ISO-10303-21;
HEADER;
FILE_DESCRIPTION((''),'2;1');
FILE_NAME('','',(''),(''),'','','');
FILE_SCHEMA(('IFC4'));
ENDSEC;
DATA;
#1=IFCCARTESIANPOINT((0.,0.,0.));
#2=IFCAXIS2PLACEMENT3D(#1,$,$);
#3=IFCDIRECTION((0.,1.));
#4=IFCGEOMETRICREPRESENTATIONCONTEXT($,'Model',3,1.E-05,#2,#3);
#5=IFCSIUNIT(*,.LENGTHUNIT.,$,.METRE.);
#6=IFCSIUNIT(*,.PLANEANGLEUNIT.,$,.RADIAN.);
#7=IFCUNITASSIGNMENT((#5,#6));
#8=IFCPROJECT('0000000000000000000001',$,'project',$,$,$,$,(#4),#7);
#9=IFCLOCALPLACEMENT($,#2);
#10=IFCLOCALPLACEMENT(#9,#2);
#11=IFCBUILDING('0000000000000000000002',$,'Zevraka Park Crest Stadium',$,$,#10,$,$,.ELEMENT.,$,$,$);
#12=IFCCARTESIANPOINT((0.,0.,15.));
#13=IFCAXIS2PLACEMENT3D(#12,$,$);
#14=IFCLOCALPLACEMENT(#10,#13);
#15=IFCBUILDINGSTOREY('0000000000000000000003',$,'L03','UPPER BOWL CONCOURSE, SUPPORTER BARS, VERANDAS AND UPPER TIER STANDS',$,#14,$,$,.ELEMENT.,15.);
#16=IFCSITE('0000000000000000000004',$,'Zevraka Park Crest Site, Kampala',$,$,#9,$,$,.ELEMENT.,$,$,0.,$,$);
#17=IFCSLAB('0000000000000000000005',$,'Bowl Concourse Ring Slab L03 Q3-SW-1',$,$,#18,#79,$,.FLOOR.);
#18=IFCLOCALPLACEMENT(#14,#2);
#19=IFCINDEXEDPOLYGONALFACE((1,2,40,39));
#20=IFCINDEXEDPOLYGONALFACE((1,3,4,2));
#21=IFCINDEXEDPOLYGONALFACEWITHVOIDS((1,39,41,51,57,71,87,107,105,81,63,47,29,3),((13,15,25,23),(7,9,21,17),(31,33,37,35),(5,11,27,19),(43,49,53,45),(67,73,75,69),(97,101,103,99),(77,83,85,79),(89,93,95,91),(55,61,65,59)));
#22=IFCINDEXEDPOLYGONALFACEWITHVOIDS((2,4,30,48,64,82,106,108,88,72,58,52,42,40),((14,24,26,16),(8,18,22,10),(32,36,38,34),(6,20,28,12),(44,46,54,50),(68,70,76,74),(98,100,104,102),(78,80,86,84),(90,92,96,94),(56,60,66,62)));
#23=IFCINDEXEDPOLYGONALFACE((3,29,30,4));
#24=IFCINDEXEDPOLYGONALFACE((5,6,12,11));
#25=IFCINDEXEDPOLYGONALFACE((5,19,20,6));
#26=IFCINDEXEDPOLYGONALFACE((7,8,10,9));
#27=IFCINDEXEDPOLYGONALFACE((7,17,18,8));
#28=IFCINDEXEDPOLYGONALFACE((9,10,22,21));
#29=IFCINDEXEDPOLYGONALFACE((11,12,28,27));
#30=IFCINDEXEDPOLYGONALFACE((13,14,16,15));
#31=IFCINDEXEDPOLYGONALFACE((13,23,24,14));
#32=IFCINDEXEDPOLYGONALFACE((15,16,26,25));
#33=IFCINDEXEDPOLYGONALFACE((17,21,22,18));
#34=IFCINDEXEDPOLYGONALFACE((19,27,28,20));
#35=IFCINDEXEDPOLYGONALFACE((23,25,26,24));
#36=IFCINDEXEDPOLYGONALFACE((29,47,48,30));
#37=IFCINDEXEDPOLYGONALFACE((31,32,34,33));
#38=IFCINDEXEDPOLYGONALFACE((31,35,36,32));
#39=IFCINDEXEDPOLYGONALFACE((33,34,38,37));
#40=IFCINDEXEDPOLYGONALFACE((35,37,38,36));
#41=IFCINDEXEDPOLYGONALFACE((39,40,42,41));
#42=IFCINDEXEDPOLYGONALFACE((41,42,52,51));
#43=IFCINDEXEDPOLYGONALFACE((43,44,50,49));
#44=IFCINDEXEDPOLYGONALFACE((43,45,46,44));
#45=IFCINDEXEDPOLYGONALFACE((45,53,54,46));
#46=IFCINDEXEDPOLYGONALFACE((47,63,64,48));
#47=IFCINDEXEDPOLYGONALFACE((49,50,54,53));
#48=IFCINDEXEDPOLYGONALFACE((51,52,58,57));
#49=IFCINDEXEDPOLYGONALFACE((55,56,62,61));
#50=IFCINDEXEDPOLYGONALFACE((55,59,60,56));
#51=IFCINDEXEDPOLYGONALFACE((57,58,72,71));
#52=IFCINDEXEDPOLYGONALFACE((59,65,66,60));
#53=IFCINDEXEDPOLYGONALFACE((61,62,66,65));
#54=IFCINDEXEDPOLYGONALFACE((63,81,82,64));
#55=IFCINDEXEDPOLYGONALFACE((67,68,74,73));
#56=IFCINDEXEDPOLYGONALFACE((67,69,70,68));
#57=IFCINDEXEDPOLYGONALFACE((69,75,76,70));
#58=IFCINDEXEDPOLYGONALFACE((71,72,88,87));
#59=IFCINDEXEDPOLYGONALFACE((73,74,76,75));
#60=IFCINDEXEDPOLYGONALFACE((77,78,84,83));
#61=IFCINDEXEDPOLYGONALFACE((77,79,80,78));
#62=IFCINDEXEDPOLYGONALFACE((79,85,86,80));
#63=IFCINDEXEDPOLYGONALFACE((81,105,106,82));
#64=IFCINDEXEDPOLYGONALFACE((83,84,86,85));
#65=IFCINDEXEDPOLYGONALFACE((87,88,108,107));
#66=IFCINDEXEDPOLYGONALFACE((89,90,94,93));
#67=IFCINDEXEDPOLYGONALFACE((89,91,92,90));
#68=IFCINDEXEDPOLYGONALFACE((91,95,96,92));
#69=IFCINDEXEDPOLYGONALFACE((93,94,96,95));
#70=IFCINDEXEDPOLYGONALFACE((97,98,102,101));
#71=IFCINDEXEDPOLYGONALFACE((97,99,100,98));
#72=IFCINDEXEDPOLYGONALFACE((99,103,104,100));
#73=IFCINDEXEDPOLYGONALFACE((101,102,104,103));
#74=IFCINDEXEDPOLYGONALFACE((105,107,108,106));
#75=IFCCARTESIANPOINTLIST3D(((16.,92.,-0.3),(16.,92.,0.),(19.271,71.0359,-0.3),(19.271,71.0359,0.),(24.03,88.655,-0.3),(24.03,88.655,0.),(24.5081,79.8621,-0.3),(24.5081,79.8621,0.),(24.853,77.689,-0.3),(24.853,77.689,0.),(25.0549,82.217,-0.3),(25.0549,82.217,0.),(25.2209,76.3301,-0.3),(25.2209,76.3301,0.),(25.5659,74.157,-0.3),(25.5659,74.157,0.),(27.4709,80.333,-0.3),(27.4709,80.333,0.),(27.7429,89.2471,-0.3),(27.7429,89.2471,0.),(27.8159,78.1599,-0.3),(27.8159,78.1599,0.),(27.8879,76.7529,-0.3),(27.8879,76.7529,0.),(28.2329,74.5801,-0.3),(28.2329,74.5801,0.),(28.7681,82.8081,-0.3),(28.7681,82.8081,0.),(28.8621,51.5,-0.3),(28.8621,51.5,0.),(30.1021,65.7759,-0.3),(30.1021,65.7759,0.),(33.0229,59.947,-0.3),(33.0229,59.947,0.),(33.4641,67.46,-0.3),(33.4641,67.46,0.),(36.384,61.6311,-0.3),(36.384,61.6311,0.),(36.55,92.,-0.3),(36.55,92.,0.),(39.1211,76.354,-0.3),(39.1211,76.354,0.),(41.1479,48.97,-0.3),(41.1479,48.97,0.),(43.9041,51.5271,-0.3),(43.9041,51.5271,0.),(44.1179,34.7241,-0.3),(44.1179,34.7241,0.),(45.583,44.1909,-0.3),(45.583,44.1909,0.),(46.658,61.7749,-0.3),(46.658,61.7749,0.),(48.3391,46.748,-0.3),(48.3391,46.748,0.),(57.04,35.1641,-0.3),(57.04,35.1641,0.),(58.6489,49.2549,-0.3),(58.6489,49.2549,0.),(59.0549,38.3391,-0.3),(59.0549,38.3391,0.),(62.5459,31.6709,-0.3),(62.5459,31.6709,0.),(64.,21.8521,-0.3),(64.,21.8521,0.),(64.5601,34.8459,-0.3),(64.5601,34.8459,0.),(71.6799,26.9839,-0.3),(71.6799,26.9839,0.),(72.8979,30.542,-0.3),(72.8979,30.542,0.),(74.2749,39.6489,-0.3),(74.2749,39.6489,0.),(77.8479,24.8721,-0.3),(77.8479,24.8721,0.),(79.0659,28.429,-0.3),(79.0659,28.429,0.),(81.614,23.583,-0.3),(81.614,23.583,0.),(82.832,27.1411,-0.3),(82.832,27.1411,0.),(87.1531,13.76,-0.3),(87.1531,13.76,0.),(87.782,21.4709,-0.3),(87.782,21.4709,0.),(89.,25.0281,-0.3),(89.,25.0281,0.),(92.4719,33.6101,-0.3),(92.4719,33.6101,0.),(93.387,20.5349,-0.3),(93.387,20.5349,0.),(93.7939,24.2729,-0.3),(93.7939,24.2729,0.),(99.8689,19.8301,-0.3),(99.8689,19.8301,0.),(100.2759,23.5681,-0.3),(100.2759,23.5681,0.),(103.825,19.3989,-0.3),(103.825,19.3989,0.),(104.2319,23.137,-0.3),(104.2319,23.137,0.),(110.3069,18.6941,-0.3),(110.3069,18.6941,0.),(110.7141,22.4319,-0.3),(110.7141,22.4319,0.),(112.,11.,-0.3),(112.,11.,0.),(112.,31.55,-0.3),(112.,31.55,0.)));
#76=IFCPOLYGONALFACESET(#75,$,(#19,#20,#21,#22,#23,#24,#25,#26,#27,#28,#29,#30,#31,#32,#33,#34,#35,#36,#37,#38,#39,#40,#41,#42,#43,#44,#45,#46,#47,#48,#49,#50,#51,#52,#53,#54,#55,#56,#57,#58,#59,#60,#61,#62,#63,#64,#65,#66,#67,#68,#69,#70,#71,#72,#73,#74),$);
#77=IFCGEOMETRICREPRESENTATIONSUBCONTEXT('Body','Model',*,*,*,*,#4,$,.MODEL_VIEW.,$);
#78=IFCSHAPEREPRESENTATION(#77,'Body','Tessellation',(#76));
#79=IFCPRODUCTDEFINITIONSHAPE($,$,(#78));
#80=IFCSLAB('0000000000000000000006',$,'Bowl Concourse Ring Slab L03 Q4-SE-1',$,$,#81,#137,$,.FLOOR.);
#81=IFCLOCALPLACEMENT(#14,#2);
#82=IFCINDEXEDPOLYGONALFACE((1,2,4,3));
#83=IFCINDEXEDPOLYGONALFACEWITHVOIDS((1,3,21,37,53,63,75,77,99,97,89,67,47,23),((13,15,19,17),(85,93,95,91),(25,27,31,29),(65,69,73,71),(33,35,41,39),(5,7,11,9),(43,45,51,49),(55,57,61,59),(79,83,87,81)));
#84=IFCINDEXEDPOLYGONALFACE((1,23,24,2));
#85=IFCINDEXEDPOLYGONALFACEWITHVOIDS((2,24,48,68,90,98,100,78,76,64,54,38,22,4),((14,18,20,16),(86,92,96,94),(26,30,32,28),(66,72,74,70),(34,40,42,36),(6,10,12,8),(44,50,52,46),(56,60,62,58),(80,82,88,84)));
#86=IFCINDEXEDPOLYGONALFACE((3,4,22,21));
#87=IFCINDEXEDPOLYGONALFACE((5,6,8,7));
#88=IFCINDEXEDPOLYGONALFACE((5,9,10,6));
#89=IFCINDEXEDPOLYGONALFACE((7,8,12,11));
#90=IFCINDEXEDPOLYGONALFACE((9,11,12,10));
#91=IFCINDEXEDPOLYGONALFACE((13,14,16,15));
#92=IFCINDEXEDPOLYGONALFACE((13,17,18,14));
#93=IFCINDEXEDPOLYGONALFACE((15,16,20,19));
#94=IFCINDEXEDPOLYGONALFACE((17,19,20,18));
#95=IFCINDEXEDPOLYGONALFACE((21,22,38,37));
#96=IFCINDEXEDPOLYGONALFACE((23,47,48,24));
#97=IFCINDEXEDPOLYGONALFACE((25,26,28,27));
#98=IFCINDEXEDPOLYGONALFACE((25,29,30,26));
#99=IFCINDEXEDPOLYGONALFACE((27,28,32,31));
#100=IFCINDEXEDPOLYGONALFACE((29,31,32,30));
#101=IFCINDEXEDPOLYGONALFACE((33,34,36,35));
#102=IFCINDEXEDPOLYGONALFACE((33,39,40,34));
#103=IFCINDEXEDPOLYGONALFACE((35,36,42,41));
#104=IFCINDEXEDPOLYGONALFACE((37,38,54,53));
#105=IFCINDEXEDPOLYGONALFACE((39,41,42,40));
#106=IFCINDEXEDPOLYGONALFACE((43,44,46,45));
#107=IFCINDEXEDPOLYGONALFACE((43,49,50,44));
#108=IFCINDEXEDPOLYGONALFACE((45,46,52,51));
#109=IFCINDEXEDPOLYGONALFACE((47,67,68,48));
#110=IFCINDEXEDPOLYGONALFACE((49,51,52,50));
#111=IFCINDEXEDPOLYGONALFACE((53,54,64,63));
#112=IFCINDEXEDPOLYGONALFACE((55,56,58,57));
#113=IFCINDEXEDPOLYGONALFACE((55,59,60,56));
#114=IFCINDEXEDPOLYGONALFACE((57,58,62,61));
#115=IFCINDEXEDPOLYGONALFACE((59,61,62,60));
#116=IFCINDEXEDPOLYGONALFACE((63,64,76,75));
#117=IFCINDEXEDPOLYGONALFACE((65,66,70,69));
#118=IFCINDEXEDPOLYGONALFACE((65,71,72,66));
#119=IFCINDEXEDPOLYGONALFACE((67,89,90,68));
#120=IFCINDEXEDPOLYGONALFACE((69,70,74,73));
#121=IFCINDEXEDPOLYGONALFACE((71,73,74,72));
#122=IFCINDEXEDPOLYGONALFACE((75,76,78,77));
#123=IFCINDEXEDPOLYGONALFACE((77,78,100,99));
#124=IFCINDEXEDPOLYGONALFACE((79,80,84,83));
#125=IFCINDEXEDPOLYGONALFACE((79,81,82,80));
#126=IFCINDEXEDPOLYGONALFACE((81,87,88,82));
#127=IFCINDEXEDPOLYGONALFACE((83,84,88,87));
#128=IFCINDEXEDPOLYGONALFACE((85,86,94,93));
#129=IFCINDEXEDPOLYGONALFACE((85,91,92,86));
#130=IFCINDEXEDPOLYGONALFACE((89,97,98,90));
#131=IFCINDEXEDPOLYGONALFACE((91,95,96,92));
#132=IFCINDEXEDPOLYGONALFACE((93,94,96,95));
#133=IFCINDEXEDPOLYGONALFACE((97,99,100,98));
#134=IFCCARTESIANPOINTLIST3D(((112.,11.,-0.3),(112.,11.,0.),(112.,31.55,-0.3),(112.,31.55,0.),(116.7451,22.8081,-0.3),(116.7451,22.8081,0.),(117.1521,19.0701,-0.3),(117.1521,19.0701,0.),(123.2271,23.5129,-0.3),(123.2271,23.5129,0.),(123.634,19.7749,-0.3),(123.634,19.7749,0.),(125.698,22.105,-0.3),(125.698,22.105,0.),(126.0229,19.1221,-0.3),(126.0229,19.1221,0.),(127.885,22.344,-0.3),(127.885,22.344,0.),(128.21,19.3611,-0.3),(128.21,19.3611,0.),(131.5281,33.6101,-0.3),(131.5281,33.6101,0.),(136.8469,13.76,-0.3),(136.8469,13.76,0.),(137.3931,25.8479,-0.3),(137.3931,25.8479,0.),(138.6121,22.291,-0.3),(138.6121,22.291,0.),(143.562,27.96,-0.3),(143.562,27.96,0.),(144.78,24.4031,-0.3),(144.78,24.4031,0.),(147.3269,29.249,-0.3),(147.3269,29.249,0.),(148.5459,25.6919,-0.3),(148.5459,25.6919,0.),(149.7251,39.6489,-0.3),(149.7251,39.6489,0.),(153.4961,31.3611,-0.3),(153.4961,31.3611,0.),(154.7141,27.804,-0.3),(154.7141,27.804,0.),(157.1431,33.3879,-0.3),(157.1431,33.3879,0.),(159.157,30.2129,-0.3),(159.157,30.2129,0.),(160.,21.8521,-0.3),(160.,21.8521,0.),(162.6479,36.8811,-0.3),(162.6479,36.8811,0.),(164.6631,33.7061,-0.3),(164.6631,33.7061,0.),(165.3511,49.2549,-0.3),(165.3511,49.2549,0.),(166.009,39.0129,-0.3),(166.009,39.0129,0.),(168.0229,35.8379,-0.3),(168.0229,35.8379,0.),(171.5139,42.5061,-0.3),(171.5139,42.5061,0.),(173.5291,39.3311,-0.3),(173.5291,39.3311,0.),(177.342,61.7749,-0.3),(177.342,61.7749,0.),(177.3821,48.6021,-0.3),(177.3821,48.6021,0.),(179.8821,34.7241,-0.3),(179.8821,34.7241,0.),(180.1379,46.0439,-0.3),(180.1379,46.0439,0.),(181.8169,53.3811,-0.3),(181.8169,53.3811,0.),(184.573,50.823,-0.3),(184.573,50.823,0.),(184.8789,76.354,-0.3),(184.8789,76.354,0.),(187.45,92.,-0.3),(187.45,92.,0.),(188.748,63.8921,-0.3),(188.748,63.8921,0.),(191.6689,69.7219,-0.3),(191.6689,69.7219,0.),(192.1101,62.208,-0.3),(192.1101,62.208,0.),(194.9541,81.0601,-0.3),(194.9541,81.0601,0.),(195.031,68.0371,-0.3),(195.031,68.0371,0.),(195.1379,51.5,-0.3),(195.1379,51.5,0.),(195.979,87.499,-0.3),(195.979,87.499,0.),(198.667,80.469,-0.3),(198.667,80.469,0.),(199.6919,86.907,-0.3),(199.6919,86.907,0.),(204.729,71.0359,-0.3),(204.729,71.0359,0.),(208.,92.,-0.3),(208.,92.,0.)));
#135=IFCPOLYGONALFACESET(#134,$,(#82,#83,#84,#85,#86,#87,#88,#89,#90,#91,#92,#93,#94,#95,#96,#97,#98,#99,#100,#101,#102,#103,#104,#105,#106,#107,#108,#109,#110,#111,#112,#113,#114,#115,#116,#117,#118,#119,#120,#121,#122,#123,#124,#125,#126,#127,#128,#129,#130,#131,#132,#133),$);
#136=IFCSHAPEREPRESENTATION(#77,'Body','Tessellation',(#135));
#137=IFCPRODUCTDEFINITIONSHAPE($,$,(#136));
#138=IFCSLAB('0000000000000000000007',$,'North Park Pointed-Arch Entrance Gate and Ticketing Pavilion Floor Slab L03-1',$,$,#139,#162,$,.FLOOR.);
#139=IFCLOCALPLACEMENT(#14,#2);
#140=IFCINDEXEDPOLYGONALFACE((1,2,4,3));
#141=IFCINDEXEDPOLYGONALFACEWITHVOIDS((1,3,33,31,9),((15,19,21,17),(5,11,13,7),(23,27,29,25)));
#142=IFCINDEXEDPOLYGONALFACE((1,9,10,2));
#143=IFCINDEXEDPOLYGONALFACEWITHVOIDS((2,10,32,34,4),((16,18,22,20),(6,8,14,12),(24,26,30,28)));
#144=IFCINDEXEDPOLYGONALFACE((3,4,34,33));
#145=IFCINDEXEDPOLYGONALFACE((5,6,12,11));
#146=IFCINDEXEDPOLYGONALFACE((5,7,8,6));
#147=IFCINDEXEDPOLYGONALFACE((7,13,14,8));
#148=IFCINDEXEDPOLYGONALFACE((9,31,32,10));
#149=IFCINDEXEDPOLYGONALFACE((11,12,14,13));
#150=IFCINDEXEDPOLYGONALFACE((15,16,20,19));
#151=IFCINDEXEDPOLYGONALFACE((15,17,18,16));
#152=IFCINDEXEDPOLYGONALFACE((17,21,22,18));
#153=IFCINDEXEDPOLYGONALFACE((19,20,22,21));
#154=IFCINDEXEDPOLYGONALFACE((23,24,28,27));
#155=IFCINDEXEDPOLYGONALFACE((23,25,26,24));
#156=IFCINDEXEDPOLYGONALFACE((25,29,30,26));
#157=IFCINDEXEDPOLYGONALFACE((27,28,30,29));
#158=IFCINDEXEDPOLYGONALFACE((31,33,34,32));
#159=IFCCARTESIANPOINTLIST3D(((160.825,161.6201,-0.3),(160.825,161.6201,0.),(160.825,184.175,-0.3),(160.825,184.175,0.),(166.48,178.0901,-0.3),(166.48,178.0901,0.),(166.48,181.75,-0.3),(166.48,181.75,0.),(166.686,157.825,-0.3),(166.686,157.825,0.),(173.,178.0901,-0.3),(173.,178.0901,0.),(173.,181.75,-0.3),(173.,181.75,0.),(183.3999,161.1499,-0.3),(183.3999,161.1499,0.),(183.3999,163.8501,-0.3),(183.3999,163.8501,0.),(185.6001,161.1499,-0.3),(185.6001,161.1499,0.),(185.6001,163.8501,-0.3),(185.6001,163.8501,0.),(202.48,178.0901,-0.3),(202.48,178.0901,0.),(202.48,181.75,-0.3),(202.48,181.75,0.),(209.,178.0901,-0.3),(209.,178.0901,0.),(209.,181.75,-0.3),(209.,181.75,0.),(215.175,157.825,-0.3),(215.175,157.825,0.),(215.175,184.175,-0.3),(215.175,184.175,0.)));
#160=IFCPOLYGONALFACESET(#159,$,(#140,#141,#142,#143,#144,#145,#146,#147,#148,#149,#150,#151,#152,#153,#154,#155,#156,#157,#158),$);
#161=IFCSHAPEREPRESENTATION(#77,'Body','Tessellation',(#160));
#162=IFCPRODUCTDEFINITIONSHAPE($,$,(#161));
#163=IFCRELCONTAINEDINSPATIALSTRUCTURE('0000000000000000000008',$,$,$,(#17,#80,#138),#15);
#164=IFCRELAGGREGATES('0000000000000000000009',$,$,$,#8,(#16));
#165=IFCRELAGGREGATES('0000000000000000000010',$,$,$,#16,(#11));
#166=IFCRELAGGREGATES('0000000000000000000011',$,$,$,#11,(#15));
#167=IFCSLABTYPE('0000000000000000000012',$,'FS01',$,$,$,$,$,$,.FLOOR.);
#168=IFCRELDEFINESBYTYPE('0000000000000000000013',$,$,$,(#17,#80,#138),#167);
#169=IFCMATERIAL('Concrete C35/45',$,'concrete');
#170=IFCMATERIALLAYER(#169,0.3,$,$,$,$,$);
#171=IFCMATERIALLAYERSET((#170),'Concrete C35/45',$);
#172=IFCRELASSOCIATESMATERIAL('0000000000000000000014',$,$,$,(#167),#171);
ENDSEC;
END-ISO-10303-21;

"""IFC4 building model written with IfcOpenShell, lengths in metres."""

from ifc_helpers import new_model, si_unit, direction, frame, origin, place, context, subcontext, project, spatial, polyline, outline, extrude, material, layer, layer_set, type_object, element, save


model = new_model("IFC4")

# Units and contexts
model_context = context("Model", 3, precision=1e-05, world=origin(), true_north=direction((0.0, 1.0)))
body_context = subcontext(model_context, "Body", "Model", "MODEL_VIEW")
ifc_project = project(units=[si_unit("LENGTHUNIT", "METRE"), si_unit("PLANEANGLEUNIT", "RADIAN")], contexts=[model_context])

# Site, building, storey
site_placement = place(None, origin())
site = spatial("IfcSite", under=ifc_project, at=site_placement, Name="Zevraka Park Crest Site, Kampala", CompositionType="ELEMENT", RefElevation=0.0)
building_placement = place(site_placement, origin())
building = spatial("IfcBuilding", under=site, at=building_placement, Name="Zevraka Park Crest Stadium", CompositionType="ELEMENT")
storey_placement = place(building_placement, frame((0.0, 0.0, 15.0)))
storey = spatial("IfcBuildingStorey", under=building, at=storey_placement, Name="L03", Description="UPPER BOWL CONCOURSE, SUPPORTER BARS, VERANDAS AND UPPER TIER STANDS", CompositionType="ELEMENT", Elevation=15.0)

# Slabs
ifc_material_1 = material(Name="Concrete C35/45", Category="concrete")
ifc_layer_1 = layer(ifc_material_1, 0.3)
ifc_layer_set_1 = layer_set([ifc_layer_1], Name="Concrete C35/45")
slab_type_1 = type_object("IfcSlabType", Name="FS01", PredefinedType="FLOOR", material=ifc_layer_set_1)
slab_1_placement = place(storey_placement, frame((0.0, 0.0, -0.3)))
element("IfcSlab", 1, at=slab_1_placement, inside=storey, type_object=slab_type_1, Name="Bowl Concourse Ring Slab L03 Q3-SW-1", PredefinedType="FLOOR", context=body_context, shape_type="SweptSolid", body=[
    extrude(outline(polyline([(39.1211, 76.354), (46.658, 61.7749), (58.6489, 49.2549), (74.2749, 39.6489), (92.4719, 33.6101), (112.0, 31.55), (112.0, 11.0), (87.1531, 13.76), (64.0, 21.8521), (44.1179, 34.7241), (28.8621, 51.5), (19.271, 71.0359), (16.0, 92.0), (36.55, 92.0), (39.1211, 76.354)]), holes=[polyline([(110.7141, 22.4319), (104.2319, 23.137), (103.825, 19.3989), (110.3069, 18.6941), (110.7141, 22.4319)]), polyline([(100.2759, 23.5681), (93.7939, 24.2729), (93.387, 20.5349), (99.8689, 19.8301), (100.2759, 23.5681)]), polyline([(89.0, 25.0281), (82.832, 27.1411), (81.614, 23.583), (87.782, 21.4709), (89.0, 25.0281)]), polyline([(77.8479, 24.8721), (79.0659, 28.429), (72.8979, 30.542), (71.6799, 26.9839), (77.8479, 24.8721)]), polyline([(62.5459, 31.6709), (64.5601, 34.8459), (59.0549, 38.3391), (57.04, 35.1641), (62.5459, 31.6709)]), polyline([(48.3391, 46.748), (43.9041, 51.5271), (41.1479, 48.97), (45.583, 44.1909), (48.3391, 46.748)]), polyline([(36.384, 61.6311), (33.4641, 67.46), (30.1021, 65.7759), (33.0229, 59.947), (36.384, 61.6311)]), polyline([(28.2329, 74.5801), (27.8879, 76.7529), (25.2209, 76.3301), (25.5659, 74.157), (28.2329, 74.5801)]), polyline([(24.853, 77.689), (27.8159, 78.1599), (27.4709, 80.333), (24.5081, 79.8621), (24.853, 77.689)]), polyline([(25.0549, 82.217), (28.7681, 82.8081), (27.7429, 89.2471), (24.03, 88.655), (25.0549, 82.217)])]), origin(), (0.0, 0.0, 1.0), 0.3),
])
slab_2_placement = place(storey_placement, frame((0.0, 0.0, -0.3)))
element("IfcSlab", 2, at=slab_2_placement, inside=storey, type_object=slab_type_1, Name="Bowl Concourse Ring Slab L03 Q4-SE-1", PredefinedType="FLOOR", context=body_context, shape_type="SweptSolid", body=[
    extrude(outline(polyline([(131.5281, 33.6101), (149.7251, 39.6489), (165.3511, 49.2549), (177.342, 61.7749), (184.8789, 76.354), (187.45, 92.0), (208.0, 92.0), (204.729, 71.0359), (195.1379, 51.5), (179.8821, 34.7241), (160.0, 21.8521), (136.8469, 13.76), (112.0, 11.0), (112.0, 31.55), (131.5281, 33.6101)]), holes=[polyline([(127.885, 22.344), (125.698, 22.105), (126.0229, 19.1221), (128.21, 19.3611), (127.885, 22.344)]), polyline([(123.2271, 23.5129), (116.7451, 22.8081), (117.1521, 19.0701), (123.634, 19.7749), (123.2271, 23.5129)]), polyline([(143.562, 27.96), (137.3931, 25.8479), (138.6121, 22.291), (144.78, 24.4031), (143.562, 27.96)]), polyline([(153.4961, 31.3611), (147.3269, 29.249), (148.5459, 25.6919), (154.7141, 27.804), (153.4961, 31.3611)]), polyline([(162.6479, 36.8811), (157.1431, 33.3879), (159.157, 30.2129), (164.6631, 33.7061), (162.6479, 36.8811)]), polyline([(171.5139, 42.5061), (166.009, 39.0129), (168.0229, 35.8379), (173.5291, 39.3311), (171.5139, 42.5061)]), polyline([(181.8169, 53.3811), (177.3821, 48.6021), (180.1379, 46.0439), (184.573, 50.823), (181.8169, 53.3811)]), polyline([(195.031, 68.0371), (191.6689, 69.7219), (188.748, 63.8921), (192.1101, 62.208), (195.031, 68.0371)]), polyline([(199.6919, 86.907), (195.979, 87.499), (194.9541, 81.0601), (198.667, 80.469), (199.6919, 86.907)])]), origin(), (0.0, 0.0, 1.0), 0.3),
])
slab_3_placement = place(storey_placement, frame((0.0, 0.0, -0.3)))
element("IfcSlab", 3, at=slab_3_placement, inside=storey, type_object=slab_type_1, Name="North Park Pointed-Arch Entrance Gate and Ticketing Pavilion Floor Slab L03-1", PredefinedType="FLOOR", context=body_context, shape_type="SweptSolid", body=[
    extrude(outline(polyline([(215.175, 184.175), (215.175, 157.825), (166.686, 157.825), (160.825, 161.6201), (160.825, 184.175), (215.175, 184.175)]), holes=[polyline([(183.3999, 161.1499), (185.6001, 161.1499), (185.6001, 163.8501), (183.3999, 163.8501), (183.3999, 161.1499)]), polyline([(166.48, 181.75), (166.48, 178.0901), (173.0, 178.0901), (173.0, 181.75), (166.48, 181.75)]), polyline([(202.48, 181.75), (202.48, 178.0901), (209.0, 178.0901), (209.0, 181.75), (202.48, 181.75)])]), origin(), (0.0, 0.0, 1.0), 0.3),
])

save(model, "model.ifc")
